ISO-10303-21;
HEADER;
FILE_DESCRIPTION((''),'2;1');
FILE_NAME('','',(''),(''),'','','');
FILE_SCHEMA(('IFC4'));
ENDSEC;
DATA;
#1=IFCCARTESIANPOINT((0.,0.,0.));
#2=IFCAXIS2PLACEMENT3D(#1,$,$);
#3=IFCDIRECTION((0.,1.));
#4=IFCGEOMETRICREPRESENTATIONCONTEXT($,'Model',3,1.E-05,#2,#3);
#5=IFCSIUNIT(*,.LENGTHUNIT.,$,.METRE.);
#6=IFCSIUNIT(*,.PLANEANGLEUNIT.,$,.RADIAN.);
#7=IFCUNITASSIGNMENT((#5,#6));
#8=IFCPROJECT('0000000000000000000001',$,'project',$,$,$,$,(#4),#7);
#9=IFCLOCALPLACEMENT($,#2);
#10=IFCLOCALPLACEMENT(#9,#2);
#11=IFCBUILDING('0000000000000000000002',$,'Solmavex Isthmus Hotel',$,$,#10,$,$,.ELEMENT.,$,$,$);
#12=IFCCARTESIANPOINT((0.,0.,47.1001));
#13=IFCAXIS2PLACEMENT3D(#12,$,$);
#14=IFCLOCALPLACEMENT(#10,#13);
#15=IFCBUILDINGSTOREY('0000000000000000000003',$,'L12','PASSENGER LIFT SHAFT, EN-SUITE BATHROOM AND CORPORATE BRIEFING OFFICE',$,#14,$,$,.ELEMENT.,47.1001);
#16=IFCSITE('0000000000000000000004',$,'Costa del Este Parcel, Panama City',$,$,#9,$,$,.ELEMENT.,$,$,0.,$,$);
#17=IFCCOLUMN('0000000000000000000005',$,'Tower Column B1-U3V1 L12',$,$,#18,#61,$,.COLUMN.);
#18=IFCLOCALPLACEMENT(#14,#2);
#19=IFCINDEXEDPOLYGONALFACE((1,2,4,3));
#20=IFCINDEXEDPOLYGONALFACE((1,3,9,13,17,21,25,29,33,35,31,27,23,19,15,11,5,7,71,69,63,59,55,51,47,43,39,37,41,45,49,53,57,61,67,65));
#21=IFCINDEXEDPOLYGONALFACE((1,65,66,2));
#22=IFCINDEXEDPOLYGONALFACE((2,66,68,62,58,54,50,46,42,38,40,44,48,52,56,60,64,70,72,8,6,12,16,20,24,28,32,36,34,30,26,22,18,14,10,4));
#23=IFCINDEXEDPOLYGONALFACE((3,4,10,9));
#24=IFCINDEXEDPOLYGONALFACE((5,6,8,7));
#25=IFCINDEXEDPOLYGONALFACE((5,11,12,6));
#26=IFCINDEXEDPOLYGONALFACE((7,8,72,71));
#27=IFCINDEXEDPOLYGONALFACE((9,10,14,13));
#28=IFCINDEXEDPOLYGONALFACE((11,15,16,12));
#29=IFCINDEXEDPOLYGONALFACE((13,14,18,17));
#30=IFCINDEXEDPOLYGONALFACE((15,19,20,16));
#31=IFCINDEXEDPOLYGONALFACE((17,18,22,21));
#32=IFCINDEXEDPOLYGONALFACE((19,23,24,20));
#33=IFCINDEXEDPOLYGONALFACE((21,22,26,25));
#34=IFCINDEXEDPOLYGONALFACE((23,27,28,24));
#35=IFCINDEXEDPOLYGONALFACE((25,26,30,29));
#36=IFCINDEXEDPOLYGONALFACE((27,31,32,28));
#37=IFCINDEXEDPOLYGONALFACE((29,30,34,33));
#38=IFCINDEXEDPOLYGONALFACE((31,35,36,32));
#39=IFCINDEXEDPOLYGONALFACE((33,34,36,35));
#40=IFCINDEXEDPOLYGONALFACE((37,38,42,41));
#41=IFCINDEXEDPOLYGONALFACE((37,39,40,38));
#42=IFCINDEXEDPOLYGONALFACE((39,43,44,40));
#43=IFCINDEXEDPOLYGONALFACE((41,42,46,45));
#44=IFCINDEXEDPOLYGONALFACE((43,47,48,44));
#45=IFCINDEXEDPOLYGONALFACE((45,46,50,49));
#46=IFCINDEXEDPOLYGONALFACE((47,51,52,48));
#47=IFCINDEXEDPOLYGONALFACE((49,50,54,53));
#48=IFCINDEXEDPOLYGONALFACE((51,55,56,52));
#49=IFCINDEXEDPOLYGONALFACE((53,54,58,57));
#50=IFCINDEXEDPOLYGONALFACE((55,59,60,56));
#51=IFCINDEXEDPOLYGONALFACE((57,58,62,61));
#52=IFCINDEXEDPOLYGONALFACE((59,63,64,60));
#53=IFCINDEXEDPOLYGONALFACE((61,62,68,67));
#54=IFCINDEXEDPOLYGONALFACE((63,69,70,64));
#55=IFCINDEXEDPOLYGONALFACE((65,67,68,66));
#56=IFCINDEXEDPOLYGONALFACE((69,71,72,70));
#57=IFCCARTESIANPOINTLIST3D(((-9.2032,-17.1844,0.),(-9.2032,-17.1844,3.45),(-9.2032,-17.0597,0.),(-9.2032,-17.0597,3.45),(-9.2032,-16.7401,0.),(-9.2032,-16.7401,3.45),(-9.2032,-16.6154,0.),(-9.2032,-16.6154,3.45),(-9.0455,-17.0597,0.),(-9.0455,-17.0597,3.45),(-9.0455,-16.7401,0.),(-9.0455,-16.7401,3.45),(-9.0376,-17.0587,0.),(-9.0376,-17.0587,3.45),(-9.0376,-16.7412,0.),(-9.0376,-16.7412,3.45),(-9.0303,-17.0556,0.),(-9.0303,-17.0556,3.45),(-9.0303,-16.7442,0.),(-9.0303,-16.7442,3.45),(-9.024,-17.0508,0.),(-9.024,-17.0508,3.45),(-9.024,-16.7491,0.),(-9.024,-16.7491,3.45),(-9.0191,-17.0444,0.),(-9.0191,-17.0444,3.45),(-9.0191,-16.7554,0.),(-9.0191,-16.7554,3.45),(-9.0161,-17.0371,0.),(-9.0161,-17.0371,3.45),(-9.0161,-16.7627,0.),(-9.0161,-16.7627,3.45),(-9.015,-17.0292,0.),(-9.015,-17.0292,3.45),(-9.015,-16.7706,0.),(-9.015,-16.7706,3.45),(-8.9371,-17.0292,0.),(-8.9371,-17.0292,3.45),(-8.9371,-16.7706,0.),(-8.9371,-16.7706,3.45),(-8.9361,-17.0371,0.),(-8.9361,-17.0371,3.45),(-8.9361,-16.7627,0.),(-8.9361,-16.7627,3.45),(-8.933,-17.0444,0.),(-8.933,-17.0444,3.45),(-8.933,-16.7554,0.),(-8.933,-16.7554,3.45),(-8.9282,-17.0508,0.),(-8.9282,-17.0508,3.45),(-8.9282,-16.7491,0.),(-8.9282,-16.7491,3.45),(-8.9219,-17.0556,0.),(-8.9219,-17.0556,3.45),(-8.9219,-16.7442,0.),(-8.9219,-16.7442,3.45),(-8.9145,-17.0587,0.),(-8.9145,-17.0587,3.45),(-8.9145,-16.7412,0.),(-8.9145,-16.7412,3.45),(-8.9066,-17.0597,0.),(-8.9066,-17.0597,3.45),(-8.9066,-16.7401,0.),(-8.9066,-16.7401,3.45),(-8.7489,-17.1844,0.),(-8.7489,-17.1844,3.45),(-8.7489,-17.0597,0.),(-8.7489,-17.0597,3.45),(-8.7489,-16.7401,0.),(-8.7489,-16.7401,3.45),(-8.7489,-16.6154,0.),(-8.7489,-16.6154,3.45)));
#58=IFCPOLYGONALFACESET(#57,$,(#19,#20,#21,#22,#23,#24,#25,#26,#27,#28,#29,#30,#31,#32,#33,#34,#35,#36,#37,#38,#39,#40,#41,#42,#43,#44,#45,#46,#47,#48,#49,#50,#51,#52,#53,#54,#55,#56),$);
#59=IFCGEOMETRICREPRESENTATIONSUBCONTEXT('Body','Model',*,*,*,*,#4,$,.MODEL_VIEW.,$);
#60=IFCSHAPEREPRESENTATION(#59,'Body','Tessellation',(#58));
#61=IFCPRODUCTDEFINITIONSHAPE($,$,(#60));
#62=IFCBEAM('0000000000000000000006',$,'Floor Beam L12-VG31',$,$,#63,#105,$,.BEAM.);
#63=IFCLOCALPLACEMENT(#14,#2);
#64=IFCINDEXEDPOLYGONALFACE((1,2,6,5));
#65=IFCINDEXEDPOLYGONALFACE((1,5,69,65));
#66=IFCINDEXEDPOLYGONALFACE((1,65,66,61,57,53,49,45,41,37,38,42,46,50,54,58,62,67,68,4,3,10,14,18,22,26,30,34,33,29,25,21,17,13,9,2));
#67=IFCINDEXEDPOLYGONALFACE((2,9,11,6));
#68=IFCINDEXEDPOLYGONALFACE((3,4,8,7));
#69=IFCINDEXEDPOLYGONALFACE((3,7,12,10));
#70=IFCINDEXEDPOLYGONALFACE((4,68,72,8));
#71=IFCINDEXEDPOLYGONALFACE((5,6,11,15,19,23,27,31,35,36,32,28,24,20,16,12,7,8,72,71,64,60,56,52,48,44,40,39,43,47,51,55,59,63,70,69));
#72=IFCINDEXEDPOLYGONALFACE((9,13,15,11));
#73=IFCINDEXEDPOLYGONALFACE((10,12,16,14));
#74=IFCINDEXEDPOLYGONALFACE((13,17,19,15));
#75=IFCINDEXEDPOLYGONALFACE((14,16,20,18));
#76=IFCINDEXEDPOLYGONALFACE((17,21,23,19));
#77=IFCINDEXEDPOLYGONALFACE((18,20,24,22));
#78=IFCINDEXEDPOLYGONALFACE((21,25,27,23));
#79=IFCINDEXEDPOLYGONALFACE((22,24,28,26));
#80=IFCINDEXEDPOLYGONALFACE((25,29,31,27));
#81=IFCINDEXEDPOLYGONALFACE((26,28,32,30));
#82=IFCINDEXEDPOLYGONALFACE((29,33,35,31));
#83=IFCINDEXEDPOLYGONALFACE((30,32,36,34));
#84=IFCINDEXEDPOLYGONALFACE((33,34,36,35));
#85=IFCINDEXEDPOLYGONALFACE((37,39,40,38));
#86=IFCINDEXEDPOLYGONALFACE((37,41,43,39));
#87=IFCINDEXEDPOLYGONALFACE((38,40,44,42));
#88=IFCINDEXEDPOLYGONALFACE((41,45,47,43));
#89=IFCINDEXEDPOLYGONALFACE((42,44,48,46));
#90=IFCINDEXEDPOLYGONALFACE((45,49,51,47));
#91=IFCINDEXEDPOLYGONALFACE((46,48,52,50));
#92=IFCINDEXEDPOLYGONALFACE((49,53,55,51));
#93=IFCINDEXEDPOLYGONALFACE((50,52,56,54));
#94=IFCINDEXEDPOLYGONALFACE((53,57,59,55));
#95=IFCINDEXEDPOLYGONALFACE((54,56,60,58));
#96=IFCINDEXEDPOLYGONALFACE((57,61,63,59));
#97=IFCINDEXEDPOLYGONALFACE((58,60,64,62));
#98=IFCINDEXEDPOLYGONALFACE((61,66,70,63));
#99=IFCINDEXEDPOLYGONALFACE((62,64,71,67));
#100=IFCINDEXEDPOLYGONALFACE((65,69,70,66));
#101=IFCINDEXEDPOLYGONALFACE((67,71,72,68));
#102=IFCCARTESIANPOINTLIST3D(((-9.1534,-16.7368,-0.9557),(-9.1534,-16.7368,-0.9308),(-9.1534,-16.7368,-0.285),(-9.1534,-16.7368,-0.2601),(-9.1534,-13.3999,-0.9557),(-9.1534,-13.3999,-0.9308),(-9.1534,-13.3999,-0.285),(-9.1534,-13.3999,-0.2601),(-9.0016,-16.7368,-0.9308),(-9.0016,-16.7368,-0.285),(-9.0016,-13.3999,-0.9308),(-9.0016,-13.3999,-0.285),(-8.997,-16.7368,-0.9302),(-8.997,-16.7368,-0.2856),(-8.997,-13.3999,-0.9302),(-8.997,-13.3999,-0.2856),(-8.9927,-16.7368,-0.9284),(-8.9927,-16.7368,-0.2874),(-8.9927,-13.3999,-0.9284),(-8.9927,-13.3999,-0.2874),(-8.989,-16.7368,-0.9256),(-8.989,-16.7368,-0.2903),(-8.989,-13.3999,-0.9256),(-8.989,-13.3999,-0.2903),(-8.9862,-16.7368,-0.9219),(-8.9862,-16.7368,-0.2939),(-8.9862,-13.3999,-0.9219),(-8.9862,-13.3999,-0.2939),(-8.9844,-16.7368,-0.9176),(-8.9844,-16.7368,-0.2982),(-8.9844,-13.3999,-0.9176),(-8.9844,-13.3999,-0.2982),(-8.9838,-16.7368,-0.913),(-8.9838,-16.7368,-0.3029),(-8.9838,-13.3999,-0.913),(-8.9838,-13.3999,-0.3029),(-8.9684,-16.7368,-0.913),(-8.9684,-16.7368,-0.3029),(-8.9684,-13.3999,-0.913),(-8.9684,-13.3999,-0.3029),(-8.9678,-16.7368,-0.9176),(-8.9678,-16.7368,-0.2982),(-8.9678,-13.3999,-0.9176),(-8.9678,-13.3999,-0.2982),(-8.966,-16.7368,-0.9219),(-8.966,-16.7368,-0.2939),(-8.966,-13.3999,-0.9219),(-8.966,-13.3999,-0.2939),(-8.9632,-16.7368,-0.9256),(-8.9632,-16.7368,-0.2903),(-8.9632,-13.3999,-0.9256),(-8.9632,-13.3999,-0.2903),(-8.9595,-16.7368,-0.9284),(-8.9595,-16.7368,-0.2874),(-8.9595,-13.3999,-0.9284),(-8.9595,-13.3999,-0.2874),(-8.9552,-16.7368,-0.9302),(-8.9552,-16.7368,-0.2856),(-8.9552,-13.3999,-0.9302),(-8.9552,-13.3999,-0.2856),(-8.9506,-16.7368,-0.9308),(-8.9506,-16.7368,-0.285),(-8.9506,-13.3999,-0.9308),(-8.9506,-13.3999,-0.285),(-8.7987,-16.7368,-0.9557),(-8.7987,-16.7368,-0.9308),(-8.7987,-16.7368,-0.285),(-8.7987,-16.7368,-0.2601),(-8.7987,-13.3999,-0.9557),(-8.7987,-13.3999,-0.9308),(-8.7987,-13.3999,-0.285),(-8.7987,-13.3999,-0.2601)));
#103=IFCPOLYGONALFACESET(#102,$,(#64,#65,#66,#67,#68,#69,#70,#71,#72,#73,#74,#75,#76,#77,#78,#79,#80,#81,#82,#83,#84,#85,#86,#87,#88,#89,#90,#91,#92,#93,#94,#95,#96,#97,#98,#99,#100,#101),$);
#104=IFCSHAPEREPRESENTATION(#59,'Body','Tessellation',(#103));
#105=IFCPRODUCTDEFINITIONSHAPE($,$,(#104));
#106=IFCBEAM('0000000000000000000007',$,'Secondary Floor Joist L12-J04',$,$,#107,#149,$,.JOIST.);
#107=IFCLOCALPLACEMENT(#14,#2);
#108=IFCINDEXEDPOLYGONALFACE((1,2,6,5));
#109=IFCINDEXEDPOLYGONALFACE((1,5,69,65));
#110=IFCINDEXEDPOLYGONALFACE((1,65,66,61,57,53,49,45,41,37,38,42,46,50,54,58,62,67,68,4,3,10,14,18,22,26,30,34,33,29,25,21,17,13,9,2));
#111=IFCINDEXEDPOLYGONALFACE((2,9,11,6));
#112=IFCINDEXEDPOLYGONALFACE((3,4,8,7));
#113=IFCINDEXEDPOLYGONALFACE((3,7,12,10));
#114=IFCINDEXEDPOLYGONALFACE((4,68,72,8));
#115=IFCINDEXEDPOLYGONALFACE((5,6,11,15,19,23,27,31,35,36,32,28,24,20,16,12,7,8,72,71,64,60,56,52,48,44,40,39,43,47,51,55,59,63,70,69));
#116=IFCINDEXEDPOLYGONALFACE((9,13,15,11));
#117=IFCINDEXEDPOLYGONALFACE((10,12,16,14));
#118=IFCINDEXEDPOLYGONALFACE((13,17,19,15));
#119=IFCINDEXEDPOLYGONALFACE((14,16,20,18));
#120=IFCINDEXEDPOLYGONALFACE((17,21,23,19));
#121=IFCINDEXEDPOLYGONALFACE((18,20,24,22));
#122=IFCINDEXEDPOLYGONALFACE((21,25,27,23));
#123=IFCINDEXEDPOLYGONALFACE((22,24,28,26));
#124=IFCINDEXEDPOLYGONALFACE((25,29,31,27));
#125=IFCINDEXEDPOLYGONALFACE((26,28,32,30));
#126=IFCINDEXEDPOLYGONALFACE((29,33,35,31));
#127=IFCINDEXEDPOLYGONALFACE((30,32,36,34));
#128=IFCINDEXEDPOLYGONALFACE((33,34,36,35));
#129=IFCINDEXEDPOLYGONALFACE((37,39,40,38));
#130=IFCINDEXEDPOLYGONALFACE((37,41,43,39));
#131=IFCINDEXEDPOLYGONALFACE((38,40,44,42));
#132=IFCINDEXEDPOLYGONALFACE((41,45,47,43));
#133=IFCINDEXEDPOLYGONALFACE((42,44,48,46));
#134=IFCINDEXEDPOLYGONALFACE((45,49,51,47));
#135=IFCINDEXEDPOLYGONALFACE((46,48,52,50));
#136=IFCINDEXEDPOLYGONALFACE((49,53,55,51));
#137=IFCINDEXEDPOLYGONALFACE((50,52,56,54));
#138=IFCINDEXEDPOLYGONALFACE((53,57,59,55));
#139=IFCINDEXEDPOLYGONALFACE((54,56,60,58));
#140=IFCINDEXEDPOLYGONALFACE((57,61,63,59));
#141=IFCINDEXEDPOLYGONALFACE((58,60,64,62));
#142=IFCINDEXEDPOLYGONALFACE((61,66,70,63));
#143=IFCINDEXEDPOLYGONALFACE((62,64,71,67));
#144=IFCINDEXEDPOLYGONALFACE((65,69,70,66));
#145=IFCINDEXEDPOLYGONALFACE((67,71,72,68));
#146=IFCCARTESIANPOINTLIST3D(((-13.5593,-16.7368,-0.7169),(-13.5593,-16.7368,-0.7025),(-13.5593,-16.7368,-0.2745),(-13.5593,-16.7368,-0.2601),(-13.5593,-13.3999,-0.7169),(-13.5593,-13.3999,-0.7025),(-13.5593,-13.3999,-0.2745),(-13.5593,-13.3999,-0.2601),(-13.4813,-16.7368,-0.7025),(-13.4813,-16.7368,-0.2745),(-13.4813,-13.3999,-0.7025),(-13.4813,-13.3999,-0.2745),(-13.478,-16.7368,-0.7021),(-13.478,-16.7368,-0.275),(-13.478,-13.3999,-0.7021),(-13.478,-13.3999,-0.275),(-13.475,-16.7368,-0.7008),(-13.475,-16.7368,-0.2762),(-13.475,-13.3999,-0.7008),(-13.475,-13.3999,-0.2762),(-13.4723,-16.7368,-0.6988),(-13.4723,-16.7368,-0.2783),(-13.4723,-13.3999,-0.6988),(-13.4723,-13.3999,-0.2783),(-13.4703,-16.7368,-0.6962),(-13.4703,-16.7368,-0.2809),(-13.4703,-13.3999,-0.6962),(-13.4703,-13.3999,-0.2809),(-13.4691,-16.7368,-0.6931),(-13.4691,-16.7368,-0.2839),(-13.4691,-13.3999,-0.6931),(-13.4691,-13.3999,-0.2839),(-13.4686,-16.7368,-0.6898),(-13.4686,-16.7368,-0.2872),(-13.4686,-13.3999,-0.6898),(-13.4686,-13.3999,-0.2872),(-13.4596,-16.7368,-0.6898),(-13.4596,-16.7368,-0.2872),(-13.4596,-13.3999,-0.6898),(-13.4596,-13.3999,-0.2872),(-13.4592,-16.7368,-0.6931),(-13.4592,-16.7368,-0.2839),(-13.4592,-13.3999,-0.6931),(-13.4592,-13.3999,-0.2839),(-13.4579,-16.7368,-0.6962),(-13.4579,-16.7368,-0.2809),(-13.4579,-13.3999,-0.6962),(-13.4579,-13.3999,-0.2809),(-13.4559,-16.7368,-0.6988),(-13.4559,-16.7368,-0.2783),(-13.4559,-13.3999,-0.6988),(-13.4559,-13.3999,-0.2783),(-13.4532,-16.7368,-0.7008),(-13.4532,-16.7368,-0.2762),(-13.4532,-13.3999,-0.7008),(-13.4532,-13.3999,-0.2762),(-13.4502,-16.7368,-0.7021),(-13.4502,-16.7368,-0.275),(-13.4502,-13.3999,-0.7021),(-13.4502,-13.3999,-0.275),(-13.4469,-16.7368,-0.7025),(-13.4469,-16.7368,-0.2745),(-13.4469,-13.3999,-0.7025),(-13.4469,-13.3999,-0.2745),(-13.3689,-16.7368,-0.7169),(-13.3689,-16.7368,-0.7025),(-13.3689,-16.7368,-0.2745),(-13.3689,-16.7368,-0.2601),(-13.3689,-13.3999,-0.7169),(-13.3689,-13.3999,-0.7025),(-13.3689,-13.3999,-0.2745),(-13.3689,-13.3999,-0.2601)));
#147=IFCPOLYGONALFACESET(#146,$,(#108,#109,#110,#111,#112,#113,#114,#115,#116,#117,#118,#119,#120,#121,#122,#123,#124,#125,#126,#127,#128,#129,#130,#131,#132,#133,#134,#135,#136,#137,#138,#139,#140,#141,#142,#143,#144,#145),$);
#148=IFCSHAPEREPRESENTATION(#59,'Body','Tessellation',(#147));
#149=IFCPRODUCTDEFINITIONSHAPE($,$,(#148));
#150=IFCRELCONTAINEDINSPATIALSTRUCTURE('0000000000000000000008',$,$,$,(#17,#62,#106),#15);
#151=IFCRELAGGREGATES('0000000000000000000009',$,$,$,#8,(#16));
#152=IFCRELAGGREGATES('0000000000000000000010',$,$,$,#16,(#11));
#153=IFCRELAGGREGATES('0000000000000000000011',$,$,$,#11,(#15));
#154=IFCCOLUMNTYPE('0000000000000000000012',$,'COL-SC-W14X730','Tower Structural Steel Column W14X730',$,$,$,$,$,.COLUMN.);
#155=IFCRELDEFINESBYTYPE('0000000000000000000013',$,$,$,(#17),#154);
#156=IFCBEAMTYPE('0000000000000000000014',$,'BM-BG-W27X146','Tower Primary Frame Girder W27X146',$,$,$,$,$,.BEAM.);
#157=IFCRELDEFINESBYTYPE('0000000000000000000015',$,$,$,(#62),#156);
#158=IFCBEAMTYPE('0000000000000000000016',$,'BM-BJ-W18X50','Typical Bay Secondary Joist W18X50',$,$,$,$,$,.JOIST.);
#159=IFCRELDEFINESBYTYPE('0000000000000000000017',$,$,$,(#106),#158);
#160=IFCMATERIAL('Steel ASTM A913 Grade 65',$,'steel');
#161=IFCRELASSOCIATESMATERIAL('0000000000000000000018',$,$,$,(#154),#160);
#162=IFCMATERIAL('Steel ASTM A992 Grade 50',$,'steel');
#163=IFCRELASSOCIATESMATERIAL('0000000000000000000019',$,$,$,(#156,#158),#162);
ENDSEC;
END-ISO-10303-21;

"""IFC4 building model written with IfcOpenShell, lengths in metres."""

from ifc_helpers import new_model, si_unit, direction, frame, origin, origin_2d, place, context, subcontext, project, spatial, i_section, extrude, material, material_profile, profile_set, type_object, element, save


model = new_model("IFC4")

# Units and contexts
model_context = context("Model", 3, precision=1e-05, world=origin(), true_north=direction((0.0, 1.0)))
body_context = subcontext(model_context, "Body", "Model", "MODEL_VIEW")
ifc_project = project(units=[si_unit("LENGTHUNIT", "METRE"), si_unit("PLANEANGLEUNIT", "RADIAN")], contexts=[model_context])

# Site, building, storey
site_placement = place(None, origin())
site = spatial("IfcSite", under=ifc_project, at=site_placement, Name="Costa del Este Parcel, Panama City", CompositionType="ELEMENT", RefElevation=0.0)
building_placement = place(site_placement, origin())
building = spatial("IfcBuilding", under=site, at=building_placement, Name="Solmavex Isthmus Hotel", CompositionType="ELEMENT")
storey_placement = place(building_placement, frame((0.0, 0.0, 47.1001)))
storey = spatial("IfcBuildingStorey", under=building, at=storey_placement, Name="L12", Description="PASSENGER LIFT SHAFT, EN-SUITE BATHROOM AND CORPORATE BRIEFING OFFICE", CompositionType="ELEMENT", Elevation=47.1001)

# Column
ifc_material_1 = material(Name="Steel ASTM A913 Grade 65", Category="steel")
ifc_material_profile_1 = material_profile(ifc_material_1, i_section(OverallWidth=0.4543, OverallDepth=0.5691, WebThickness=0.0779, FlangeThickness=0.1248, FilletRadius=0.0305, at=origin_2d()), Name="W14X730")
ifc_profile_set_1 = profile_set([ifc_material_profile_1], Name="Steel ASTM A913 Grade 65")
column_type = type_object("IfcColumnType", Name="COL-SC-W14X730", Description="Tower Structural Steel Column W14X730", PredefinedType="COLUMN", material=ifc_profile_set_1)
column_placement = place(storey_placement, frame((-8.9761, -16.8999, 0.0), z_axis=(0.0, 0.0, 1.0), x_axis=(1.0, 0.0, 0.0)))
element("IfcColumn", 1, at=column_placement, inside=storey, type_object=column_type, Name="Tower Column B1-U3V1 L12", PredefinedType="COLUMN", context=body_context, shape_type="SweptSolid", body=[
    extrude(i_section(OverallWidth=0.4543, OverallDepth=0.5691, WebThickness=0.0779, FlangeThickness=0.1248, FilletRadius=0.0305, at=origin_2d()), origin(), (0.0, 0.0, 1.0), 3.45),
])

# Beams
ifc_material_2 = material(Name="Steel ASTM A992 Grade 50", Category="steel")
ifc_material_profile_2 = material_profile(ifc_material_2, i_section(OverallWidth=0.3547, OverallDepth=0.6956, WebThickness=0.0154, FlangeThickness=0.0249, FilletRadius=0.0178, at=origin_2d()), Name="W27X146")
ifc_profile_set_2 = profile_set([ifc_material_profile_2], Name="Steel ASTM A992 Grade 50")
beam_type_1 = type_object("IfcBeamType", Name="BM-BG-W27X146", Description="Tower Primary Frame Girder W27X146", PredefinedType="BEAM", material=ifc_profile_set_2)
beam_1_placement = place(storey_placement, frame((-8.9761, -16.7368, -0.6079), z_axis=(0.0, 1.0, 0.0), x_axis=(-1.0, 0.0, 0.0)))
element("IfcBeam", 2, at=beam_1_placement, inside=storey, type_object=beam_type_1, Name="Floor Beam L12-VG31", PredefinedType="BEAM", context=body_context, shape_type="SweptSolid", body=[
    extrude(i_section(OverallWidth=0.3547, OverallDepth=0.6956, WebThickness=0.0154, FlangeThickness=0.0249, FilletRadius=0.0178, at=origin_2d()), origin(), (0.0, 0.0, 1.0), 3.3369),
])
ifc_material_profile_3 = material_profile(ifc_material_2, i_section(OverallWidth=0.1904, OverallDepth=0.4568, WebThickness=0.009, FlangeThickness=0.0144, FilletRadius=0.0127, at=origin_2d()), Name="W18X50")
ifc_profile_set_3 = profile_set([ifc_material_profile_3], Name="Steel ASTM A992 Grade 50")
beam_type_2 = type_object("IfcBeamType", Name="BM-BJ-W18X50", Description="Typical Bay Secondary Joist W18X50", PredefinedType="JOIST", material=ifc_profile_set_3)
beam_2_placement = place(storey_placement, frame((-13.4641, -16.7368, -0.4885), z_axis=(0.0, 1.0, 0.0), x_axis=(-1.0, 0.0, 0.0)))
element("IfcBeam", 3, at=beam_2_placement, inside=storey, type_object=beam_type_2, Name="Secondary Floor Joist L12-J04", PredefinedType="JOIST", context=body_context, shape_type="SweptSolid", body=[
    extrude(i_section(OverallWidth=0.1904, OverallDepth=0.4568, WebThickness=0.009, FlangeThickness=0.0144, FilletRadius=0.0127, at=origin_2d()), origin(), (0.0, 0.0, 1.0), 3.3369),
])

save(model, "model.ifc")
